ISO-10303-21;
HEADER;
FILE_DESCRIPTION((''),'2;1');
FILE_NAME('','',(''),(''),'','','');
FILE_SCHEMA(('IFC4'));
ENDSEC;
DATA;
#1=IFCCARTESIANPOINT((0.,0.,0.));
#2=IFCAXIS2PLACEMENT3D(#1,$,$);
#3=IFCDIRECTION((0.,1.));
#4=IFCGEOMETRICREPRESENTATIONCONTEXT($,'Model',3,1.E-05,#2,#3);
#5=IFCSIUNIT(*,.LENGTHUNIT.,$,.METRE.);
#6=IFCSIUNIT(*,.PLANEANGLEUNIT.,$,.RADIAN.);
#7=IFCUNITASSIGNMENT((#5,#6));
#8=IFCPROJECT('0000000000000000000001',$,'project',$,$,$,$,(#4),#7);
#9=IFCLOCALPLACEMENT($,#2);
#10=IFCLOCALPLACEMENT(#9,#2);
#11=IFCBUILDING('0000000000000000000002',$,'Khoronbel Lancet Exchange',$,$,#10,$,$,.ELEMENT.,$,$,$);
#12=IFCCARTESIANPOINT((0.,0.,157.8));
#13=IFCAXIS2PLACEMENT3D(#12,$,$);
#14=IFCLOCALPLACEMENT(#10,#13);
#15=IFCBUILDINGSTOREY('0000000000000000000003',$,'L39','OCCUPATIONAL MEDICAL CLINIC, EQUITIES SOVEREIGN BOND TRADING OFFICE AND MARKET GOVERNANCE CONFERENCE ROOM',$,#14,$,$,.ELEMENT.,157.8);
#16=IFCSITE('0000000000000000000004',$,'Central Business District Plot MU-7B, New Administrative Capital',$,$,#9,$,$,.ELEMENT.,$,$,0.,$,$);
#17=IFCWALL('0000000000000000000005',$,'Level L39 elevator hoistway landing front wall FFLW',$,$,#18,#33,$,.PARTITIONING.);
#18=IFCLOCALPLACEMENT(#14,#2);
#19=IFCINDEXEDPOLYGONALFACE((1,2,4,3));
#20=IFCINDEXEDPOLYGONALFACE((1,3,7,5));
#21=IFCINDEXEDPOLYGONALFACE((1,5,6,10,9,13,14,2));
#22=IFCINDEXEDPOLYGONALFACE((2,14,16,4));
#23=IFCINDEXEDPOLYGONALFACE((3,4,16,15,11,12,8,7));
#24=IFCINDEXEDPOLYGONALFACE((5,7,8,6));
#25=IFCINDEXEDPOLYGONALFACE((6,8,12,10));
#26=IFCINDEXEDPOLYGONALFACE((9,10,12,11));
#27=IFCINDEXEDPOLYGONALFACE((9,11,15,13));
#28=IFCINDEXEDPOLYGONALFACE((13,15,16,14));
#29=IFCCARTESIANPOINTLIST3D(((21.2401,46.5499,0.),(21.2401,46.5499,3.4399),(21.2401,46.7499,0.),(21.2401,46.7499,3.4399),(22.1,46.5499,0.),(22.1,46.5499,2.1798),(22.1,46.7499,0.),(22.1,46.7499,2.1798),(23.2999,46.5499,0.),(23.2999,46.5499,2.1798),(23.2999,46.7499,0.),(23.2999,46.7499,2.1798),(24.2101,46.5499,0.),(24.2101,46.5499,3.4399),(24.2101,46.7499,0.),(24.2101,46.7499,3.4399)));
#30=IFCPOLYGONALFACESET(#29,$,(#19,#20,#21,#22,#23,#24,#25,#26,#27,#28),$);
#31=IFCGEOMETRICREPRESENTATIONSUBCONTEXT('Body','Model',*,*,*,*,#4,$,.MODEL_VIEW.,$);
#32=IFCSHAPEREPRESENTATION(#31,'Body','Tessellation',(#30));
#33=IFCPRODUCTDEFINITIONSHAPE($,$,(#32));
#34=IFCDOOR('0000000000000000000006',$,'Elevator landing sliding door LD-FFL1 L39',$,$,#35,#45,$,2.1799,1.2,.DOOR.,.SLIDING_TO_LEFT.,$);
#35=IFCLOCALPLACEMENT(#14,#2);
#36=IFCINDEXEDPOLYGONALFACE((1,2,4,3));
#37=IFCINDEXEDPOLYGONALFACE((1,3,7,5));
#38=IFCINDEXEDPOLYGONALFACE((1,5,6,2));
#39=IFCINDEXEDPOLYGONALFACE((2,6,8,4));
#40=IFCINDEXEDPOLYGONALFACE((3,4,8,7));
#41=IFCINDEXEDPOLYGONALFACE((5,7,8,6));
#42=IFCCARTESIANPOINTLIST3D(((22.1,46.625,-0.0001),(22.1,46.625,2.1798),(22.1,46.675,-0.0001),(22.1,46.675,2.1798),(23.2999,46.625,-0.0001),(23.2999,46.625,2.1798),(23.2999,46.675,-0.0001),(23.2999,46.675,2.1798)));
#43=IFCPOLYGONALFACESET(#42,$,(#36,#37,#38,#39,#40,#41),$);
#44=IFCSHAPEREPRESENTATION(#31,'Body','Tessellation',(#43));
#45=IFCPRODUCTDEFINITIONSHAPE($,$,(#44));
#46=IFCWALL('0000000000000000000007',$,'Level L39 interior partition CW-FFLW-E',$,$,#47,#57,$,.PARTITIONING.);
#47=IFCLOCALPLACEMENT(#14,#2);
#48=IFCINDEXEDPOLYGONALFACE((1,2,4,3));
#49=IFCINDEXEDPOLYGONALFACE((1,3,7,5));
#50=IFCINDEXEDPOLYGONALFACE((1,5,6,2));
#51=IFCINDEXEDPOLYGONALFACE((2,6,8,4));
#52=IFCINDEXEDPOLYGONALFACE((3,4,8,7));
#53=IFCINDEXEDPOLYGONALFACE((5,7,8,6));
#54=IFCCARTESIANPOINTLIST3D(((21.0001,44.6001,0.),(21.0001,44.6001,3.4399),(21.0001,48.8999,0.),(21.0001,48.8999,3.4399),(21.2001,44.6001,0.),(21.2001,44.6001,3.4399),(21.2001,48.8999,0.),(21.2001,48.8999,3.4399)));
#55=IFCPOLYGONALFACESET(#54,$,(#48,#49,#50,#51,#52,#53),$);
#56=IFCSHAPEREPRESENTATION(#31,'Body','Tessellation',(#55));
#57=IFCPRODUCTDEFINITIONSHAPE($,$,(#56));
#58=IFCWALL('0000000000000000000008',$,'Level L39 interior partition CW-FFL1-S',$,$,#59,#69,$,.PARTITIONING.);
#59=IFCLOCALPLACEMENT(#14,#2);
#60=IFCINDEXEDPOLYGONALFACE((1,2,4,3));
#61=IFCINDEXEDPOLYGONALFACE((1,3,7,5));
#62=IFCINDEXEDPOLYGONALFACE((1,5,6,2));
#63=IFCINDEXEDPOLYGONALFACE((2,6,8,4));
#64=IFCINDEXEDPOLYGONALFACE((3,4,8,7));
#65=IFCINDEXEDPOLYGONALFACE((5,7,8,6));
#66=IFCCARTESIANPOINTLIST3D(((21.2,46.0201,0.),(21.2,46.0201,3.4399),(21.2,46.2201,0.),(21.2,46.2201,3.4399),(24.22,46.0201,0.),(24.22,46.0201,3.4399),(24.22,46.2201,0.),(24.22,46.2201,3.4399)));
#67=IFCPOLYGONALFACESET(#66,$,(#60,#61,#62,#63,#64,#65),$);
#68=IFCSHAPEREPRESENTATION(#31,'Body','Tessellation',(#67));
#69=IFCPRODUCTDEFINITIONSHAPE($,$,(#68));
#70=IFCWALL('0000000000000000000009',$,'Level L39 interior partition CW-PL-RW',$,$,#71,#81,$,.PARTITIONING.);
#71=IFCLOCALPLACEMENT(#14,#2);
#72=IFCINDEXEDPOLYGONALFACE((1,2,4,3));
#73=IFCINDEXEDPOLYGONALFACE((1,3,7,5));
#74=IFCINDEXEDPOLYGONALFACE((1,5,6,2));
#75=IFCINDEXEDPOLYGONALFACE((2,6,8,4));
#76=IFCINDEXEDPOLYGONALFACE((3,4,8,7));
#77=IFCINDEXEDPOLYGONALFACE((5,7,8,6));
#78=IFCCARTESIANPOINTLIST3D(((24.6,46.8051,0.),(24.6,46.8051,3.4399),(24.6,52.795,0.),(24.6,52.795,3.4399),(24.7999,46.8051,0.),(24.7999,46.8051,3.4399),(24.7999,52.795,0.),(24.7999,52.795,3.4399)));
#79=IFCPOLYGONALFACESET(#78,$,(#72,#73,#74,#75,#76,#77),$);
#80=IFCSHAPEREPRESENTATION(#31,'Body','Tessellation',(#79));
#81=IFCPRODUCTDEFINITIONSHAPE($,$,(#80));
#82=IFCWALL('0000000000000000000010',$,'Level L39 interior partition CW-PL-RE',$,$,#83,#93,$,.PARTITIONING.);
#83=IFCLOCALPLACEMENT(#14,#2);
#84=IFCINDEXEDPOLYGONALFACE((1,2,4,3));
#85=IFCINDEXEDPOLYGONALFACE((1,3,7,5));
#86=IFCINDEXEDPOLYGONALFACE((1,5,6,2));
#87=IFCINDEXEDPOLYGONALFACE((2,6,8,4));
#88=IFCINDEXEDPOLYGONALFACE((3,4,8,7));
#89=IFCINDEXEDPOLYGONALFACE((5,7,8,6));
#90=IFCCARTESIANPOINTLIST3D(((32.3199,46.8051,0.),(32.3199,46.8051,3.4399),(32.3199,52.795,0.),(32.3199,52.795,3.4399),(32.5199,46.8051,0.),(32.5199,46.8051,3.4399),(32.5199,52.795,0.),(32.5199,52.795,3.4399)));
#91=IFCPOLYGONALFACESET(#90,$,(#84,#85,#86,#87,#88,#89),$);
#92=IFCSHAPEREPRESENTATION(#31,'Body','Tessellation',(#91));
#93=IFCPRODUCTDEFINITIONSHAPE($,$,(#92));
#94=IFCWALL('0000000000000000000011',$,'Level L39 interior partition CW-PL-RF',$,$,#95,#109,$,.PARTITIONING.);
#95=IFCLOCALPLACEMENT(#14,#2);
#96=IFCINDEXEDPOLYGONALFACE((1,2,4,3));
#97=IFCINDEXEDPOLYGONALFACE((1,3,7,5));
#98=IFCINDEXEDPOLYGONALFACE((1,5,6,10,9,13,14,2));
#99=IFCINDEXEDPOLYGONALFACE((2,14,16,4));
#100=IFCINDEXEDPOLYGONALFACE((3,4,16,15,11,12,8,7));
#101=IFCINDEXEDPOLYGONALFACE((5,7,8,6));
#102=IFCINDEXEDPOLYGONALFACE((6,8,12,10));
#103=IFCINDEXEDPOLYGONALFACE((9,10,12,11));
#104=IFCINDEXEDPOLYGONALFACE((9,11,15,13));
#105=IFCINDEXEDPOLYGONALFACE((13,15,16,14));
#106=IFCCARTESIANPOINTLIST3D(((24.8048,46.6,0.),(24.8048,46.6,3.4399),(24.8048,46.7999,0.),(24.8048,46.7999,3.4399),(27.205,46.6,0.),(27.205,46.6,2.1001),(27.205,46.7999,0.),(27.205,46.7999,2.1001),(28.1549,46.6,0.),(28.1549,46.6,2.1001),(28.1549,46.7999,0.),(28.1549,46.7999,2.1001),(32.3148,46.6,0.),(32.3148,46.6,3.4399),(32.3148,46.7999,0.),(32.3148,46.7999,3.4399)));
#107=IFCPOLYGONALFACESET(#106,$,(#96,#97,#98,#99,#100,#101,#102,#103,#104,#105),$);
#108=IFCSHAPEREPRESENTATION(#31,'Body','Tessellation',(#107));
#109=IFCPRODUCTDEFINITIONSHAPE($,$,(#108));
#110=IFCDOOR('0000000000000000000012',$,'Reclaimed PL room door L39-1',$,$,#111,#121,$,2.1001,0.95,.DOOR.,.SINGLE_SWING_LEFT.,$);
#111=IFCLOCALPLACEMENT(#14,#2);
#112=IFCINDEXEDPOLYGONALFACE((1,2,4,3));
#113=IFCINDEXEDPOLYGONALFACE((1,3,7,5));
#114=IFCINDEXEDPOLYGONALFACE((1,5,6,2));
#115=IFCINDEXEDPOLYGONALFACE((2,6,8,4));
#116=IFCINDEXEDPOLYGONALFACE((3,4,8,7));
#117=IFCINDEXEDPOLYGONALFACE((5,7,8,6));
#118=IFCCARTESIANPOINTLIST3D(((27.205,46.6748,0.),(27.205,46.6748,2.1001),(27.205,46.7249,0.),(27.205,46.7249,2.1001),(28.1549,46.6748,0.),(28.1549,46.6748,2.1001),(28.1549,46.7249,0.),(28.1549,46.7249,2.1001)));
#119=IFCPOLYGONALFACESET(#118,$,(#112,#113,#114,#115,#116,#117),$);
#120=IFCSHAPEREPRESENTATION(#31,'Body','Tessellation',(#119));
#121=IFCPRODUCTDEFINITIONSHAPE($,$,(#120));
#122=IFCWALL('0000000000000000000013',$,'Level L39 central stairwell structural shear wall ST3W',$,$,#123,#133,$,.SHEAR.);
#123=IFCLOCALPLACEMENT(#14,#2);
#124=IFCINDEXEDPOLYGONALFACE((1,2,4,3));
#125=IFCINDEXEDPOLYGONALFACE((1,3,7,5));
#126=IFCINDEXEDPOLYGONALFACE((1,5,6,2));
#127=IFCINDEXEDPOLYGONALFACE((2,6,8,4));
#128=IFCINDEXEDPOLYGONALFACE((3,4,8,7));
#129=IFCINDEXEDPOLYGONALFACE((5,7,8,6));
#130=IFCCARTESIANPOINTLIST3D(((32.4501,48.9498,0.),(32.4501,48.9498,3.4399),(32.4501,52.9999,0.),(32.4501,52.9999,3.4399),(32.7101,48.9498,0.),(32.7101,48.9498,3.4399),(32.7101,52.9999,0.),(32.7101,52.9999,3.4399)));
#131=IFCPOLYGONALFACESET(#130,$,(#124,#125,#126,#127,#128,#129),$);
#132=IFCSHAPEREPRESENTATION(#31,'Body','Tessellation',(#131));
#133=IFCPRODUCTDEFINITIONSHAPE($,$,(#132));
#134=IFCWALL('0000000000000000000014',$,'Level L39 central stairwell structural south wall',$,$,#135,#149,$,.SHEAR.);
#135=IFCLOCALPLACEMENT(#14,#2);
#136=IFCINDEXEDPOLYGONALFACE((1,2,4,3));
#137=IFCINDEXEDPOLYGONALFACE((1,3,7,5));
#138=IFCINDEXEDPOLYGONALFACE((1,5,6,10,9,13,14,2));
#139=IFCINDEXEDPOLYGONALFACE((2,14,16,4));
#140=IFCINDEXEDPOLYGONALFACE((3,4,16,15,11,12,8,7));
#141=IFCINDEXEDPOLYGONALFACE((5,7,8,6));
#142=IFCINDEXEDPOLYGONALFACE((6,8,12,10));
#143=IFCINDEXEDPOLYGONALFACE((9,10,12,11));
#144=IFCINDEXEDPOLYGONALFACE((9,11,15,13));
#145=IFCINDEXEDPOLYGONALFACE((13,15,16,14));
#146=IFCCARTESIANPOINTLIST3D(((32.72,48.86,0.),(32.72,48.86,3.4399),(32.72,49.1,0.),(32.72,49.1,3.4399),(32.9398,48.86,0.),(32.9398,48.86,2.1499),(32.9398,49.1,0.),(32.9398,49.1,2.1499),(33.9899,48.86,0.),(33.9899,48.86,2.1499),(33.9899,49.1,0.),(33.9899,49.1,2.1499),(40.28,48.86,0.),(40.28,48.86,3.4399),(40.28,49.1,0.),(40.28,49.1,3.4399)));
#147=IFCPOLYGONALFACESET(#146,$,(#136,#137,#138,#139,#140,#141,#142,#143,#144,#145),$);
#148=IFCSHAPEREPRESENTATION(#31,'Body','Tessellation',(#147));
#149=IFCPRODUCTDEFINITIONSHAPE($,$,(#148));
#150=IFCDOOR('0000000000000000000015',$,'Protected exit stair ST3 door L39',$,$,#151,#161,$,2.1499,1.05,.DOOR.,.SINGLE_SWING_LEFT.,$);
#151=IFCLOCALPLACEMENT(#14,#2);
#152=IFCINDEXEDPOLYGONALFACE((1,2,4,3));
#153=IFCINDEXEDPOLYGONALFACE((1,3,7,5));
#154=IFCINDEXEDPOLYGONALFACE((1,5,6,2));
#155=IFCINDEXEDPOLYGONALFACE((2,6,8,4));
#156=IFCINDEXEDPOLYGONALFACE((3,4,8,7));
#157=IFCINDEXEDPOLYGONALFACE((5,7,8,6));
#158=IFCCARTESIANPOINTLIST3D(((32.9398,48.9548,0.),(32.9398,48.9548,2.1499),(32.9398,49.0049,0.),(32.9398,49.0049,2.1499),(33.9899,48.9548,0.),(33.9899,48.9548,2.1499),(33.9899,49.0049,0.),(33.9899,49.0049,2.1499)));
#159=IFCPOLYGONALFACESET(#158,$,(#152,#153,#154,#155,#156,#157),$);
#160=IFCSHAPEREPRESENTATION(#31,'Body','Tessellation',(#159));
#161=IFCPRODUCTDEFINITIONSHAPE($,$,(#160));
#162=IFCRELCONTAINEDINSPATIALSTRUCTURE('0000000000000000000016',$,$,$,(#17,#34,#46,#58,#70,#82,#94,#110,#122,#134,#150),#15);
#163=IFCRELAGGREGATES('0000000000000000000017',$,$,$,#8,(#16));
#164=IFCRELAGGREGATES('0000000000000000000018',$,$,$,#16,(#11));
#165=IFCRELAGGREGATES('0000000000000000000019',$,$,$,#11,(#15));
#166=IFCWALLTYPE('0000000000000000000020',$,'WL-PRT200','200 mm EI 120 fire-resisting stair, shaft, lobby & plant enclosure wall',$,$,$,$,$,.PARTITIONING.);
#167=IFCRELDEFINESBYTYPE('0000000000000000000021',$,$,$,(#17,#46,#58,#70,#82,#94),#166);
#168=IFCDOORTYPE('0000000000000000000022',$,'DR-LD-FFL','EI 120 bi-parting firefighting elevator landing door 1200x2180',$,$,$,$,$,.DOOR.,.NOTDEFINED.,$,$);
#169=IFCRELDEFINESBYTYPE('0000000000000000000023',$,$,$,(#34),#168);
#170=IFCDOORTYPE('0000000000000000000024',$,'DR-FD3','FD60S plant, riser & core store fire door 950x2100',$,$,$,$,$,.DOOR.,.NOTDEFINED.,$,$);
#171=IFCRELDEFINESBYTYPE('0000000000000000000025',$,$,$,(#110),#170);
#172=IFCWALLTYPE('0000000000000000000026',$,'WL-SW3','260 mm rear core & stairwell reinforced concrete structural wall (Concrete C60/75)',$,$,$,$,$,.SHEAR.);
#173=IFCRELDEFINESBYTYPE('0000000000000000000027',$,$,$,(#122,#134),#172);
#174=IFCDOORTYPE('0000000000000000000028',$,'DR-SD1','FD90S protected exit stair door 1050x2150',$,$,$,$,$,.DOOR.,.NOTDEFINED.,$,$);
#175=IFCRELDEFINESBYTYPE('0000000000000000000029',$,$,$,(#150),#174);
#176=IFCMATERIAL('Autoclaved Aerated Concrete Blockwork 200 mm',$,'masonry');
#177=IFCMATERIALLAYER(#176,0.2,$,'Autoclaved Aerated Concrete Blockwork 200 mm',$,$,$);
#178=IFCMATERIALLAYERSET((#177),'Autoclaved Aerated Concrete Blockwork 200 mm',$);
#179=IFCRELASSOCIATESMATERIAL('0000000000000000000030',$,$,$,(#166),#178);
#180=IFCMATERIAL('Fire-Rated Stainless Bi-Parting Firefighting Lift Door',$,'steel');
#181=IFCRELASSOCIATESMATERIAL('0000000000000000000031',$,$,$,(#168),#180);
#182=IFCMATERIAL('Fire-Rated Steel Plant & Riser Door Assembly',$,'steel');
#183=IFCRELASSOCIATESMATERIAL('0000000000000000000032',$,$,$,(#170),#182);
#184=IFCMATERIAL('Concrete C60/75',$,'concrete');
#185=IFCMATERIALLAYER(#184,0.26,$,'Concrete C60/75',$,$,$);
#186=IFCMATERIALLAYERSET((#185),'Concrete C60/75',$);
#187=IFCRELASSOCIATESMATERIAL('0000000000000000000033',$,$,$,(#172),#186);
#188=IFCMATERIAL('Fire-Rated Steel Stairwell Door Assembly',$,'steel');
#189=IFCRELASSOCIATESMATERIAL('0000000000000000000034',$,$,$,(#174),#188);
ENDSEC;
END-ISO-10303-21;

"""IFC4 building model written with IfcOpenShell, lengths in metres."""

from ifc_helpers import new_model, si_unit, direction, frame, frame_2d, origin, place, context, subcontext, project, spatial, rectangle, extrude, material, layer, layer_set, type_object, element, fill, save


model = new_model("IFC4")

# Units and contexts
model_context = context("Model", 3, precision=1e-05, world=origin(), true_north=direction((0.0, 1.0)))
body_context = subcontext(model_context, "Body", "Model", "MODEL_VIEW")
ifc_project = project(units=[si_unit("LENGTHUNIT", "METRE"), si_unit("PLANEANGLEUNIT", "RADIAN")], contexts=[model_context])

# Site, building, storey
site_placement = place(None, origin())
site = spatial("IfcSite", under=ifc_project, at=site_placement, Name="Central Business District Plot MU-7B, New Administrative Capital", CompositionType="ELEMENT", RefElevation=0.0)
building_placement = place(site_placement, origin())
building = spatial("IfcBuilding", under=site, at=building_placement, Name="Khoronbel Lancet Exchange", CompositionType="ELEMENT")
storey_placement = place(building_placement, frame((0.0, 0.0, 157.8)))
storey = spatial("IfcBuildingStorey", under=building, at=storey_placement, Name="L39", Description="OCCUPATIONAL MEDICAL CLINIC, EQUITIES SOVEREIGN BOND TRADING OFFICE AND MARKET GOVERNANCE CONFERENCE ROOM", CompositionType="ELEMENT", Elevation=157.8)

# Wall, opening, door
ifc_material_1 = material(Name="Autoclaved Aerated Concrete Blockwork 200 mm", Category="masonry")
ifc_layer_1 = layer(ifc_material_1, 0.2, Name="Autoclaved Aerated Concrete Blockwork 200 mm")
ifc_layer_set_1 = layer_set([ifc_layer_1], Name="Autoclaved Aerated Concrete Blockwork 200 mm")
wall_type_1 = type_object("IfcWallType", Name="WL-PRT200", Description="200 mm EI 120 fire-resisting stair, shaft, lobby & plant enclosure wall", PredefinedType="PARTITIONING", material=ifc_layer_set_1)
wall_1_placement = place(storey_placement, frame((24.21, 46.6499, 0.0), z_axis=(0.0, 0.0, 1.0), x_axis=(-1.0, 0.0, 0.0)))
wall_1 = element("IfcWall", 1, at=wall_1_placement, inside=storey, type_object=wall_type_1, Name="Level L39 elevator hoistway landing front wall FFLW", PredefinedType="PARTITIONING", context=body_context, shape_type="SweptSolid", body=[
    extrude(rectangle(XDim=2.97, YDim=0.2, at=frame_2d((1.4849, 0.0))), origin(), (0.0, 0.0, 1.0), 3.4399),
])
opening_1_placement = place(wall_1_placement, frame((0.9099, 0.0, 0.0)))
opening_1 = element("IfcOpeningElement", 2, at=opening_1_placement, cuts=wall_1, PredefinedType="OPENING", context=body_context, shape_type="SweptSolid", body=[
    extrude(rectangle(XDim=1.2, YDim=2.1799, at=frame_2d((0.6001, 1.0898))), frame((0.0, 0.1099, 0.0), z_axis=(0.0, -1.0, 0.0), x_axis=(1.0, 0.0, 0.0)), (0.0, 0.0, 1.0), 0.22),
])
ifc_material_2 = material(Name="Fire-Rated Stainless Bi-Parting Firefighting Lift Door", Category="steel")
door_type_1 = type_object("IfcDoorType", Name="DR-LD-FFL", Description="EI 120 bi-parting firefighting elevator landing door 1200x2180", OperationType="NOTDEFINED", PredefinedType="DOOR", material=ifc_material_2)
door_1_placement = place(opening_1_placement, origin())
door_1 = element("IfcDoor", 3, at=door_1_placement, inside=storey, type_object=door_type_1, Name="Elevator landing sliding door LD-FFL1 L39", OperationType="SLIDING_TO_LEFT", OverallHeight=2.1799, OverallWidth=1.2, PredefinedType="DOOR", context=body_context, shape_type="SweptSolid", body=[
    extrude(rectangle(XDim=1.2, YDim=2.1799, at=frame_2d((0.6001, 1.0898))), frame((0.0, 0.0249, 0.0), z_axis=(0.0, -1.0, 0.0), x_axis=(1.0, 0.0, 0.0)), (0.0, 0.0, 1.0), 0.05),
])
fill(opening_1, door_1)

# Walls
wall_2_placement = place(storey_placement, frame((21.1001, 44.6001, 0.0), z_axis=(0.0, 0.0, 1.0), x_axis=(0.0, 1.0, 0.0)))
element("IfcWall", 4, at=wall_2_placement, inside=storey, type_object=wall_type_1, Name="Level L39 interior partition CW-FFLW-E", PredefinedType="PARTITIONING", context=body_context, shape_type="SweptSolid", body=[
    extrude(rectangle(XDim=4.2998, YDim=0.2, at=frame_2d((2.1499, 0.0))), origin(), (0.0, 0.0, 1.0), 3.4399),
])
wall_3_placement = place(storey_placement, frame((21.2, 46.1201, 0.0), z_axis=(0.0, 0.0, 1.0), x_axis=(1.0, 0.0, 0.0)))
element("IfcWall", 5, at=wall_3_placement, inside=storey, type_object=wall_type_1, Name="Level L39 interior partition CW-FFL1-S", PredefinedType="PARTITIONING", context=body_context, shape_type="SweptSolid", body=[
    extrude(rectangle(XDim=3.02, YDim=0.2, at=frame_2d((1.51, 0.0))), origin(), (0.0, 0.0, 1.0), 3.4399),
])
for number, where, z_axis, x_axis, name in (
    (6, (24.7, 46.8049, 0.0), (0.0, 0.0, 1.0), (0.0, 1.0, 0.0), "Level L39 interior partition CW-PL-RW"),
    (7, (32.4199, 46.8049, 0.0), (0.0, 0.0, 1.0), (0.0, 1.0, 0.0), "Level L39 interior partition CW-PL-RE"),
):
    element("IfcWall", number, at=place(storey_placement, frame(where, z_axis=z_axis, x_axis=x_axis)), inside=storey, type_object=wall_type_1, Name=name, PredefinedType="PARTITIONING", context=body_context, shape_type="SweptSolid", body=[
        extrude(rectangle(XDim=5.99, YDim=0.2, at=frame_2d((2.9951, 0.0))), origin(), (0.0, 0.0, 1.0), 3.4399),
    ])

# Wall, opening, door
wall_4_placement = place(storey_placement, frame((24.8049, 46.7, 0.0), z_axis=(0.0, 0.0, 1.0), x_axis=(1.0, 0.0, 0.0)))
wall_4 = element("IfcWall", 8, at=wall_4_placement, inside=storey, type_object=wall_type_1, Name="Level L39 interior partition CW-PL-RF", PredefinedType="PARTITIONING", context=body_context, shape_type="SweptSolid", body=[
    extrude(rectangle(XDim=7.51, YDim=0.2, at=frame_2d((3.7549, 0.0))), origin(), (0.0, 0.0, 1.0), 3.4399),
])
opening_2_placement = place(wall_4_placement, frame((2.3999, 0.0, 0.0)))
opening_2 = element("IfcOpeningElement", 9, at=opening_2_placement, cuts=wall_4, PredefinedType="OPENING", context=body_context, shape_type="SweptSolid", body=[
    extrude(rectangle(XDim=0.95, YDim=2.1001, at=frame_2d((0.4751, 1.05))), frame((0.0, 0.1099, 0.0), z_axis=(0.0, -1.0, 0.0), x_axis=(1.0, 0.0, 0.0)), (0.0, 0.0, 1.0), 0.22),
])
ifc_material_3 = material(Name="Fire-Rated Steel Plant & Riser Door Assembly", Category="steel")
door_type_2 = type_object("IfcDoorType", Name="DR-FD3", Description="FD60S plant, riser & core store fire door 950x2100", OperationType="NOTDEFINED", PredefinedType="DOOR", material=ifc_material_3)
door_2_placement = place(opening_2_placement, origin())
door_2 = element("IfcDoor", 10, at=door_2_placement, inside=storey, type_object=door_type_2, Name="Reclaimed PL room door L39-1", OperationType="SINGLE_SWING_LEFT", OverallHeight=2.1001, OverallWidth=0.95, PredefinedType="DOOR", context=body_context, shape_type="SweptSolid", body=[
    extrude(rectangle(XDim=0.95, YDim=2.1001, at=frame_2d((0.4751, 1.05))), frame((0.0, 0.0249, 0.0), z_axis=(0.0, -1.0, 0.0), x_axis=(1.0, 0.0, 0.0)), (0.0, 0.0, 1.0), 0.05),
])
fill(opening_2, door_2)

# Wall
ifc_material_4 = material(Name="Concrete C60/75", Category="concrete")
ifc_layer_2 = layer(ifc_material_4, 0.26, Name="Concrete C60/75")
ifc_layer_set_2 = layer_set([ifc_layer_2], Name="Concrete C60/75")
wall_type_2 = type_object("IfcWallType", Name="WL-SW3", Description="260 mm rear core & stairwell reinforced concrete structural wall (Concrete C60/75)", PredefinedType="SHEAR", material=ifc_layer_set_2)
wall_5_placement = place(storey_placement, frame((32.5801, 48.95, 0.0), z_axis=(0.0, 0.0, 1.0), x_axis=(0.0, 1.0, 0.0)))
element("IfcWall", 11, at=wall_5_placement, inside=storey, type_object=wall_type_2, Name="Level L39 central stairwell structural shear wall ST3W", PredefinedType="SHEAR", context=body_context, shape_type="SweptSolid", body=[
    extrude(rectangle(XDim=4.05, YDim=0.26, at=frame_2d((2.0249, 0.0))), origin(), (0.0, 0.0, 1.0), 3.4399),
])

# Wall, opening, door
wall_6_placement = place(storey_placement, frame((32.72, 48.98, 0.0), z_axis=(0.0, 0.0, 1.0), x_axis=(1.0, 0.0, 0.0)))
wall_6 = element("IfcWall", 12, at=wall_6_placement, inside=storey, type_object=wall_type_2, Name="Level L39 central stairwell structural south wall", PredefinedType="SHEAR", context=body_context, shape_type="SweptSolid", body=[
    extrude(rectangle(XDim=7.5601, YDim=0.24, at=frame_2d((3.78, 0.0))), origin(), (0.0, 0.0, 1.0), 3.4399),
])
opening_3_placement = place(wall_6_placement, frame((0.22, 0.0, 0.0)))
opening_3 = element("IfcOpeningElement", 13, at=opening_3_placement, cuts=wall_6, PredefinedType="OPENING", context=body_context, shape_type="SweptSolid", body=[
    extrude(rectangle(XDim=1.05, YDim=2.1499, at=frame_2d((0.5249, 1.075))), frame((0.0, 0.1299, 0.0), z_axis=(0.0, -1.0, 0.0), x_axis=(1.0, 0.0, 0.0)), (0.0, 0.0, 1.0), 0.26),
])
ifc_material_5 = material(Name="Fire-Rated Steel Stairwell Door Assembly", Category="steel")
door_type_3 = type_object("IfcDoorType", Name="DR-SD1", Description="FD90S protected exit stair door 1050x2150", OperationType="NOTDEFINED", PredefinedType="DOOR", material=ifc_material_5)
door_3_placement = place(opening_3_placement, origin())
door_3 = element("IfcDoor", 14, at=door_3_placement, inside=storey, type_object=door_type_3, Name="Protected exit stair ST3 door L39", OperationType="SINGLE_SWING_LEFT", OverallHeight=2.1499, OverallWidth=1.05, PredefinedType="DOOR", context=body_context, shape_type="SweptSolid", body=[
    extrude(rectangle(XDim=1.05, YDim=2.1499, at=frame_2d((0.5249, 1.075))), frame((0.0, 0.0249, 0.0), z_axis=(0.0, -1.0, 0.0), x_axis=(1.0, 0.0, 0.0)), (0.0, 0.0, 1.0), 0.05),
])
fill(opening_3, door_3)

save(model, "model.ifc")
